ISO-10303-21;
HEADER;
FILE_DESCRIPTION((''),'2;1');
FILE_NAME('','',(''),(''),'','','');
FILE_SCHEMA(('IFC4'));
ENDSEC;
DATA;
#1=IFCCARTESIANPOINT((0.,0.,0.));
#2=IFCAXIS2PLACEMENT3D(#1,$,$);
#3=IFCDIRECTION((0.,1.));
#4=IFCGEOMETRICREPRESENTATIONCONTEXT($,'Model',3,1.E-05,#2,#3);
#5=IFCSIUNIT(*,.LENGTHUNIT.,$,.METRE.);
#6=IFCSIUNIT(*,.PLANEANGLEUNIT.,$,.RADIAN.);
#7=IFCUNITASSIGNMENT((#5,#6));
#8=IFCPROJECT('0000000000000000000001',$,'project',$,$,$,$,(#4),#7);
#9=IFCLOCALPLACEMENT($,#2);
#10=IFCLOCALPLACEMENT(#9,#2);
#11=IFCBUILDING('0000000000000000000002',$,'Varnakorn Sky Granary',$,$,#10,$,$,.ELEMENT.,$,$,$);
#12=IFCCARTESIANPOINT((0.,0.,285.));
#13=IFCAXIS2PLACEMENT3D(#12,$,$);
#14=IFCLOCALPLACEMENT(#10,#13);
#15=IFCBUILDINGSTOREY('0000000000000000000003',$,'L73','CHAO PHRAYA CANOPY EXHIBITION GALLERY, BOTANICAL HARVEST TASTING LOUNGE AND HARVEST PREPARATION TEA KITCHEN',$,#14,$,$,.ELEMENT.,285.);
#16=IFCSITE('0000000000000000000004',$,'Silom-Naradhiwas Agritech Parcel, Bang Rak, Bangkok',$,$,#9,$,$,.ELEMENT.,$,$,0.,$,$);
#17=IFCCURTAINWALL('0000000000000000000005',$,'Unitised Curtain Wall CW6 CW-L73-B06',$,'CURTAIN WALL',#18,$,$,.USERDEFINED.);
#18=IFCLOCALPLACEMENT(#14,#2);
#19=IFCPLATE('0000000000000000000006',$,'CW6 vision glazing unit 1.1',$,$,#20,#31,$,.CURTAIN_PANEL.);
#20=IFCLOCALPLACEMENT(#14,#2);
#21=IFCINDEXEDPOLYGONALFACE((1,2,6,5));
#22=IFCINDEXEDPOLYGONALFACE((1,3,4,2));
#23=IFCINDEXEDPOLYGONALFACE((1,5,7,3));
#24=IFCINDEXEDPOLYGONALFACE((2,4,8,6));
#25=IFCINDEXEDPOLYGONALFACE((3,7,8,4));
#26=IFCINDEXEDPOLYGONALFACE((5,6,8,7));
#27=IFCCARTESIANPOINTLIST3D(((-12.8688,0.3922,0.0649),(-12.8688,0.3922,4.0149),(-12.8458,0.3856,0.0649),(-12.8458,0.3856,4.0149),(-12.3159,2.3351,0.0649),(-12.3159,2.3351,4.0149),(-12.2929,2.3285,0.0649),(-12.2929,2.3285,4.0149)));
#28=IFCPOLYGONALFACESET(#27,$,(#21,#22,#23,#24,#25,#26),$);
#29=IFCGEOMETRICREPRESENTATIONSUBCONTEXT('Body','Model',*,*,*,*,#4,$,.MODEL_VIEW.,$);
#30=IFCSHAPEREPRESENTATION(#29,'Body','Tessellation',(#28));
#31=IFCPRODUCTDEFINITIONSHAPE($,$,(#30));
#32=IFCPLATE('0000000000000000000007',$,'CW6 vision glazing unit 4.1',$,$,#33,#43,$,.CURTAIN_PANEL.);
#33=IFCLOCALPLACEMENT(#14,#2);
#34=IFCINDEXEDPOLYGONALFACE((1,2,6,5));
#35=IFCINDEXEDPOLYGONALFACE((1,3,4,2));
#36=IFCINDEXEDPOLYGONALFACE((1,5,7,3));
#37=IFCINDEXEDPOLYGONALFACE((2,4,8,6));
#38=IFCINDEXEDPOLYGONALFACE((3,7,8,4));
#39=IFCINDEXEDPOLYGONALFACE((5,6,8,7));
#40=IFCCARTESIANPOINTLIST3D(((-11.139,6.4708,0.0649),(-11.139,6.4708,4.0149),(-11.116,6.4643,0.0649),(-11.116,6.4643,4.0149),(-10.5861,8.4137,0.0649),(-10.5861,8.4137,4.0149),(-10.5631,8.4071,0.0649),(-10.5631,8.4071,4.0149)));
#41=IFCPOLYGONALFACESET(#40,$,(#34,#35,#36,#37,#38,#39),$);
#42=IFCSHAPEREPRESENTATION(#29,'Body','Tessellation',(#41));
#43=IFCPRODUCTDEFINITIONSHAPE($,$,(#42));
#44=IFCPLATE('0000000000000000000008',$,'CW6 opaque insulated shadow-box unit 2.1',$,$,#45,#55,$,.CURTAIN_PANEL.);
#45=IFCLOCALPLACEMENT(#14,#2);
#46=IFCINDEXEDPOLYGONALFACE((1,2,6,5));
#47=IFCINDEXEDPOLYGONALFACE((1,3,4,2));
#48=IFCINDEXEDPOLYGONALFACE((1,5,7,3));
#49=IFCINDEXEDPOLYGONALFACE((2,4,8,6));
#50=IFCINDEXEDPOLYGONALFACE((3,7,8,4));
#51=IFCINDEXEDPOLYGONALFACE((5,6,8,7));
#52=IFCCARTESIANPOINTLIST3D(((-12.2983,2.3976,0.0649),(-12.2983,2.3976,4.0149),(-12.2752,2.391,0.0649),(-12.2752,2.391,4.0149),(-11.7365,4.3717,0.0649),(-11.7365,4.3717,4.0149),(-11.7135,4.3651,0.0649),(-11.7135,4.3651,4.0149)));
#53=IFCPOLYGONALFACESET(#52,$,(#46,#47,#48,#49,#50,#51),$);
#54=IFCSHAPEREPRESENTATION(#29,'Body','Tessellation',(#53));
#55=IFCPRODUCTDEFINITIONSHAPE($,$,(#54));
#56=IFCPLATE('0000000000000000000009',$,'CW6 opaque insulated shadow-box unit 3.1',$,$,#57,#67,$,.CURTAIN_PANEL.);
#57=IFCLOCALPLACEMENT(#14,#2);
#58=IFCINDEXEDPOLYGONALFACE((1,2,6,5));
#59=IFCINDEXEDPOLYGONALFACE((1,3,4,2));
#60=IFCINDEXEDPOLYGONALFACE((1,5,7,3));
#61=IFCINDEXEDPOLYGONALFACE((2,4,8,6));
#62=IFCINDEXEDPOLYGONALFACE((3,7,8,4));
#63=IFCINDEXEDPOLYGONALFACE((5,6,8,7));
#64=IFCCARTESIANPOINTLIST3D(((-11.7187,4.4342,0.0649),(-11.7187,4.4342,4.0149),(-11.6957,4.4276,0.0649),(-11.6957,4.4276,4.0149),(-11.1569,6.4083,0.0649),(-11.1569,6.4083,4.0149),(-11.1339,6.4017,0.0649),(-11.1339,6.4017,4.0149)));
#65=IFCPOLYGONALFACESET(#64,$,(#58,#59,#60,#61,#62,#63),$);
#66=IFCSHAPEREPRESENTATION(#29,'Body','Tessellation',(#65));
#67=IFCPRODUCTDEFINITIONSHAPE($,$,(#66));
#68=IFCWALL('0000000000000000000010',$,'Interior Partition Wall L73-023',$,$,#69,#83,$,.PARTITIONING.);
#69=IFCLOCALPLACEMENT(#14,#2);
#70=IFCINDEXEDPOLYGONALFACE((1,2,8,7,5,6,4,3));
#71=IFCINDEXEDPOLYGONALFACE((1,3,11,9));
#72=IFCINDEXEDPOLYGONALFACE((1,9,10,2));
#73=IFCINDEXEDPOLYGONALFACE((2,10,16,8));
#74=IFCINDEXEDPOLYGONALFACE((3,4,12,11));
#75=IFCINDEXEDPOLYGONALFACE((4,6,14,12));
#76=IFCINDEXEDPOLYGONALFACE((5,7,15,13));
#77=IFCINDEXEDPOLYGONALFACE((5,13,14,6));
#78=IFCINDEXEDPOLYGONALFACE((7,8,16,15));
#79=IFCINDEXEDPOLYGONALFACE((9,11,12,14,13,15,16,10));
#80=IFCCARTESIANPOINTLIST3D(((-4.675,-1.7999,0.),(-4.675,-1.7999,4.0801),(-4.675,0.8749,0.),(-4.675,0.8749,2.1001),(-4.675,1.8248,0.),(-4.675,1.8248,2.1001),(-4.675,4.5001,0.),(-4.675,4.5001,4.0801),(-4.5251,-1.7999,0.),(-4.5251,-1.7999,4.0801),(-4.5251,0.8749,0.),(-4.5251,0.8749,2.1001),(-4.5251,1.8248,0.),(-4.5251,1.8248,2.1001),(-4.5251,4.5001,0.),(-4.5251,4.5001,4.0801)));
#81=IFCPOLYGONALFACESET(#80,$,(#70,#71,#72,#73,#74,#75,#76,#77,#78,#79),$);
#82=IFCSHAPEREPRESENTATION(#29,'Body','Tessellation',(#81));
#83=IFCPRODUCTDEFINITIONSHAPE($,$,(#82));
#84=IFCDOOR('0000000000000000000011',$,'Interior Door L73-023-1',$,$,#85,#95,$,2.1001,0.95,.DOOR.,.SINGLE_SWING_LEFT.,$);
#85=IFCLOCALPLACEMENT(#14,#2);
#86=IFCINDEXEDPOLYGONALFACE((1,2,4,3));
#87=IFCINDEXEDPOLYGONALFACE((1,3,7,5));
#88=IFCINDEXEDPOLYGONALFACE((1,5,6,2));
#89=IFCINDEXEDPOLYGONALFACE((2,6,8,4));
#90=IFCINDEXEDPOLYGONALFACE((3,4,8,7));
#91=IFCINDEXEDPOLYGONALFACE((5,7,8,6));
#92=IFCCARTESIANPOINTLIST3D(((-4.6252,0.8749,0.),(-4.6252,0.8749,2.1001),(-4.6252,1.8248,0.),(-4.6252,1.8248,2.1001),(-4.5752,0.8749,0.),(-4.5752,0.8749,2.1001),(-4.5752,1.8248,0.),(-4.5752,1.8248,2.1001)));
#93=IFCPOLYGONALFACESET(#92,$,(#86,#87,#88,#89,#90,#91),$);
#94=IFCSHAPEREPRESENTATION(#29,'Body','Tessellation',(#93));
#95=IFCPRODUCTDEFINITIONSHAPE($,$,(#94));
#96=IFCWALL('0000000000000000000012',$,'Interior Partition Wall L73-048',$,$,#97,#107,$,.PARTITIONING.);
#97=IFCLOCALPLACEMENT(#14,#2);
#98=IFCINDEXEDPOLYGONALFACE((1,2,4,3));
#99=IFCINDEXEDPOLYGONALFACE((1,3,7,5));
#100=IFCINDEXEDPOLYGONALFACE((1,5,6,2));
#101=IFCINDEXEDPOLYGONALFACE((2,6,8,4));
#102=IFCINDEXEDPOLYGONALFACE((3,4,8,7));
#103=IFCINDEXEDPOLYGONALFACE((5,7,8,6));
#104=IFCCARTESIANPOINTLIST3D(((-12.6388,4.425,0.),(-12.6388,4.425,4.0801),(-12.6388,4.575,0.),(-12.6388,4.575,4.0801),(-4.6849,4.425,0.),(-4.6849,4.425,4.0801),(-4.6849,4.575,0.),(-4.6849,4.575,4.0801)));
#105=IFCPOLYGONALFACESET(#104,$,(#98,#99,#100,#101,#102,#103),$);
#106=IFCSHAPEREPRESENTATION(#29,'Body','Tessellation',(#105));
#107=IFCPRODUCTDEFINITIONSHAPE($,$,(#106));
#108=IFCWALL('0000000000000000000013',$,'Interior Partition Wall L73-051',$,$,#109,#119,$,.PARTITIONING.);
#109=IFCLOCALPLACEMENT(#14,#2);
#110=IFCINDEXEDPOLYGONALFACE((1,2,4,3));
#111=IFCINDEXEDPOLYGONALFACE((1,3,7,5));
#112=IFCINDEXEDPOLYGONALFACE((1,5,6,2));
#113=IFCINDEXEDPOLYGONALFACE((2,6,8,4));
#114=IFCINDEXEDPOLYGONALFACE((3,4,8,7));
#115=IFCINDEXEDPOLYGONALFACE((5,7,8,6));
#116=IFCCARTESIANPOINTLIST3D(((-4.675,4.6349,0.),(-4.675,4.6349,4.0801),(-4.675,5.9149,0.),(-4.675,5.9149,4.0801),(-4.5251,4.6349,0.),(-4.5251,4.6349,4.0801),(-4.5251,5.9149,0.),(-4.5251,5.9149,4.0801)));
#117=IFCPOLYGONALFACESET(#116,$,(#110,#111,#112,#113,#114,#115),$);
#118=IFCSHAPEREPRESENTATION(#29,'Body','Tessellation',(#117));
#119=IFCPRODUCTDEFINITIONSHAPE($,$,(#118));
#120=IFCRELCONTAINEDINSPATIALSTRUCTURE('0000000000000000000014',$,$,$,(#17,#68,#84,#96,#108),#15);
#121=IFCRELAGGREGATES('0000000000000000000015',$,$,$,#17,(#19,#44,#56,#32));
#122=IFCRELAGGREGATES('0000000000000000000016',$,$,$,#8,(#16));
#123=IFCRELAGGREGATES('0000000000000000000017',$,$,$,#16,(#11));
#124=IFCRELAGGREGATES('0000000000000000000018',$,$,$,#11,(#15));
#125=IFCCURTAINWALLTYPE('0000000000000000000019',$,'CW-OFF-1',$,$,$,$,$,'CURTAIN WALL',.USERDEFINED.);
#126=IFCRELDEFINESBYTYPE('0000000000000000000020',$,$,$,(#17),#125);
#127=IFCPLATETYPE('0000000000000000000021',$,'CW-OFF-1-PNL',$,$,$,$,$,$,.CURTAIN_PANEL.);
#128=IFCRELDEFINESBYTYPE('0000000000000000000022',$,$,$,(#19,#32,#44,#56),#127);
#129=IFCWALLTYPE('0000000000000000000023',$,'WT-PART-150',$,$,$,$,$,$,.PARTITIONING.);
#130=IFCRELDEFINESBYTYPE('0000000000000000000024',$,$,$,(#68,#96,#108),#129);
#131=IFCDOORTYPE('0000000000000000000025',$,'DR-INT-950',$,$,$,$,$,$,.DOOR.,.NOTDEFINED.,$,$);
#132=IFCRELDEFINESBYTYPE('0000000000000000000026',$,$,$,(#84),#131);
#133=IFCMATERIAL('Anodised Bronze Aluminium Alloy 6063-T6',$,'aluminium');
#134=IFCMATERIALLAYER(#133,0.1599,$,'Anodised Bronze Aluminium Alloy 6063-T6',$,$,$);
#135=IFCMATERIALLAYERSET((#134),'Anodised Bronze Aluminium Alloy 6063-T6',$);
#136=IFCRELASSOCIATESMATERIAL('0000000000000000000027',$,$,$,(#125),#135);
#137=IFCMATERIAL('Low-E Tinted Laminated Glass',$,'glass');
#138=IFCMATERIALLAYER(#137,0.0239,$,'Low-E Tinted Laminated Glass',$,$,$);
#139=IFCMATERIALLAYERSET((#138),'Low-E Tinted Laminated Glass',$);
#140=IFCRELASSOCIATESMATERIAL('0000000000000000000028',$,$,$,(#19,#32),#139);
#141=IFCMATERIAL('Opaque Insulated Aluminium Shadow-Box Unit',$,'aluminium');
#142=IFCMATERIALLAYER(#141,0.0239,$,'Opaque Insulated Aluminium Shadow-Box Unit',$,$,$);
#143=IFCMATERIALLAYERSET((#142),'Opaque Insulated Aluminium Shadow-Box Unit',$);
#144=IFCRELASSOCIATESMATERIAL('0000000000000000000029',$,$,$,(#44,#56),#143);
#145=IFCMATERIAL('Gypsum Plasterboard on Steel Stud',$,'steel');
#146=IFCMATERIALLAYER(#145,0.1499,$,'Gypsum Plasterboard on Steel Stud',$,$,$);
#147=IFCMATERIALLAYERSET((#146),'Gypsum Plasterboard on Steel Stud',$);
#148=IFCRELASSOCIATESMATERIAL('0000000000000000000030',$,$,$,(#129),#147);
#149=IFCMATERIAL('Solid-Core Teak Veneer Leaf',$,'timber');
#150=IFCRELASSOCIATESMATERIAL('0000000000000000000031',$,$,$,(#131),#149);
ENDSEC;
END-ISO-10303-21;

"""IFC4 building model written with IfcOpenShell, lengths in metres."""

from ifc_helpers import new_model, si_unit, direction, frame, frame_2d, origin, origin_2d, place, context, subcontext, project, spatial, rectangle, extrude, source, transform, mapped, material, layer, layer_set, type_object, type_shapes, element, fill, aggregate, save


model = new_model("IFC4")

# Units and contexts
model_context = context("Model", 3, precision=1e-05, world=origin(), true_north=direction((0.0, 1.0)))
body_context = subcontext(model_context, "Body", "Model", "MODEL_VIEW")
ifc_project = project(units=[si_unit("LENGTHUNIT", "METRE"), si_unit("PLANEANGLEUNIT", "RADIAN")], contexts=[model_context])

# Site, building, storey
site_placement = place(None, origin())
site = spatial("IfcSite", under=ifc_project, at=site_placement, Name="Silom-Naradhiwas Agritech Parcel, Bang Rak, Bangkok", CompositionType="ELEMENT", RefElevation=0.0)
building_placement = place(site_placement, origin())
building = spatial("IfcBuilding", under=site, at=building_placement, Name="Varnakorn Sky Granary", CompositionType="ELEMENT")
storey_placement = place(building_placement, frame((0.0, 0.0, 285.0)))
storey = spatial("IfcBuildingStorey", under=building, at=storey_placement, Name="L73", Description="CHAO PHRAYA CANOPY EXHIBITION GALLERY, BOTANICAL HARVEST TASTING LOUNGE AND HARVEST PREPARATION TEA KITCHEN", CompositionType="ELEMENT", Elevation=285.0)

# Curtain wall
ifc_material_1 = material(Name="Anodised Bronze Aluminium Alloy 6063-T6", Category="aluminium")
ifc_layer_1 = layer(ifc_material_1, 0.1599, Name="Anodised Bronze Aluminium Alloy 6063-T6")
ifc_layer_set_1 = layer_set([ifc_layer_1], Name="Anodised Bronze Aluminium Alloy 6063-T6")
curtain_wall_type = type_object("IfcCurtainWallType", Name="CW-OFF-1", ElementType="CURTAIN WALL", PredefinedType="USERDEFINED", material=ifc_layer_set_1)
curtain_wall_placement = place(storey_placement, origin())
curtain_wall = element("IfcCurtainWall", 1, at=curtain_wall_placement, inside=storey, type_object=curtain_wall_type, Name="Unitised Curtain Wall CW6 CW-L73-B06", ObjectType="CURTAIN WALL", PredefinedType="USERDEFINED")

# Plates
ifc_material_2 = material(Name="Low-E Tinted Laminated Glass", Category="glass")
ifc_layer_2 = layer(ifc_material_2, 0.0239, Name="Low-E Tinted Laminated Glass")
ifc_layer_set_2 = layer_set([ifc_layer_2], Name="Low-E Tinted Laminated Glass")
plate_type = type_object("IfcPlateType", Name="CW-OFF-1-PNL", PredefinedType="CURTAIN_PANEL")
shared_shape_1 = source(origin(), body_context, "Body", "SweptSolid", [
    extrude(rectangle(XDim=2.02, YDim=0.0239, at=origin_2d()), origin(), (0.0, 0.0, 1.0), 3.95),
])
plate_1_placement = place(storey_placement, frame((-12.5808, 1.3604, 0.0649), z_axis=(0.0, 0.0, 1.0), x_axis=(0.273709, 0.961813, 0.0)))
plate_1 = element("IfcPlate", 2, at=plate_1_placement, type_object=plate_type, material=ifc_layer_set_2, Name="CW6 vision glazing unit 1.1", PredefinedType="CURTAIN_PANEL", context=body_context, shape_type="MappedRepresentation", body=[
    mapped(shared_shape_1, transform((0.0, 0.0, 0.0), x_axis=(1.0, 0.0, 0.0), y_axis=(0.0, 1.0, 0.0), z_axis=(0.0, 0.0, 1.0), scale=1.0)),
])
plate_2_placement = place(storey_placement, frame((-10.8511, 7.439, 0.0649), z_axis=(0.0, 0.0, 1.0), x_axis=(0.273709, 0.961813, 0.0)))
plate_2 = element("IfcPlate", 3, at=plate_2_placement, type_object=plate_type, material=ifc_layer_set_2, Name="CW6 vision glazing unit 4.1", PredefinedType="CURTAIN_PANEL", context=body_context, shape_type="MappedRepresentation", body=[
    mapped(shared_shape_1, transform((0.0, 0.0, 0.0), x_axis=(1.0, 0.0, 0.0), y_axis=(0.0, 1.0, 0.0), z_axis=(0.0, 0.0, 1.0), scale=1.0)),
])
ifc_material_3 = material(Name="Opaque Insulated Aluminium Shadow-Box Unit", Category="aluminium")
ifc_layer_3 = layer(ifc_material_3, 0.0239, Name="Opaque Insulated Aluminium Shadow-Box Unit")
ifc_layer_set_3 = layer_set([ifc_layer_3], Name="Opaque Insulated Aluminium Shadow-Box Unit")
shared_shape_2 = source(origin(), body_context, "Body", "SweptSolid", [
    extrude(rectangle(XDim=2.0525, YDim=0.0239, at=origin_2d()), origin(), (0.0, 0.0, 1.0), 3.95),
])
type_shapes(plate_type, [shared_shape_1, shared_shape_2])
plate_3_placement = place(storey_placement, frame((-12.0059, 3.3813, 0.0649), z_axis=(0.0, 0.0, 1.0), x_axis=(0.273709, 0.961813, 0.0)))
plate_3 = element("IfcPlate", 4, at=plate_3_placement, type_object=plate_type, material=ifc_layer_set_3, Name="CW6 opaque insulated shadow-box unit 2.1", PredefinedType="CURTAIN_PANEL", context=body_context, shape_type="MappedRepresentation", body=[
    mapped(shared_shape_2, transform((0.0, 0.0, 0.0), x_axis=(1.0, 0.0, 0.0), y_axis=(0.0, 1.0, 0.0), z_axis=(0.0, 0.0, 1.0), scale=1.0)),
])
plate_4_placement = place(storey_placement, frame((-11.4263, 5.418, 0.0649), z_axis=(0.0, 0.0, 1.0), x_axis=(0.273709, 0.961813, 0.0)))
plate_4 = element("IfcPlate", 5, at=plate_4_placement, type_object=plate_type, material=ifc_layer_set_3, Name="CW6 opaque insulated shadow-box unit 3.1", PredefinedType="CURTAIN_PANEL", context=body_context, shape_type="MappedRepresentation", body=[
    mapped(shared_shape_2, transform((0.0, 0.0, 0.0), x_axis=(1.0, 0.0, 0.0), y_axis=(0.0, 1.0, 0.0), z_axis=(0.0, 0.0, 1.0), scale=1.0)),
])
aggregate(curtain_wall, [plate_1, plate_3, plate_4, plate_2])

# Wall, opening, door
ifc_material_4 = material(Name="Gypsum Plasterboard on Steel Stud", Category="steel")
ifc_layer_4 = layer(ifc_material_4, 0.1499, Name="Gypsum Plasterboard on Steel Stud")
ifc_layer_set_4 = layer_set([ifc_layer_4], Name="Gypsum Plasterboard on Steel Stud")
wall_type = type_object("IfcWallType", Name="WT-PART-150", PredefinedType="PARTITIONING", material=ifc_layer_set_4)
wall_1_placement = place(storey_placement, frame((-4.6001, 4.5, 0.0), z_axis=(0.0, 0.0, 1.0), x_axis=(0.0, -1.0, 0.0)))
wall_1 = element("IfcWall", 6, at=wall_1_placement, inside=storey, type_object=wall_type, Name="Interior Partition Wall L73-023", PredefinedType="PARTITIONING", context=body_context, shape_type="SweptSolid", body=[
    extrude(rectangle(XDim=6.3, YDim=0.1499, at=frame_2d((3.1499, 0.0))), origin(), (0.0, 0.0, 1.0), 4.0801),
])
opening_placement = place(wall_1_placement, frame((2.675, 0.0, 0.0)))
opening = element("IfcOpeningElement", 7, at=opening_placement, cuts=wall_1, PredefinedType="OPENING", context=body_context, shape_type="SweptSolid", body=[
    extrude(rectangle(XDim=0.95, YDim=2.1001, at=frame_2d((0.4751, 1.05))), frame((0.0, 0.085, 0.0), z_axis=(0.0, -1.0, 0.0), x_axis=(1.0, 0.0, 0.0)), (0.0, 0.0, 1.0), 0.1699),
])
ifc_material_5 = material(Name="Solid-Core Teak Veneer Leaf", Category="timber")
door_type = type_object("IfcDoorType", Name="DR-INT-950", OperationType="NOTDEFINED", PredefinedType="DOOR", material=ifc_material_5)
door_placement = place(opening_placement, origin())
door = element("IfcDoor", 8, at=door_placement, inside=storey, type_object=door_type, Name="Interior Door L73-023-1", OperationType="SINGLE_SWING_LEFT", OverallHeight=2.1001, OverallWidth=0.95, PredefinedType="DOOR", context=body_context, shape_type="SweptSolid", body=[
    extrude(rectangle(XDim=0.95, YDim=2.1001, at=frame_2d((0.4751, 1.05))), frame((0.0, 0.0249, 0.0), z_axis=(0.0, -1.0, 0.0), x_axis=(1.0, 0.0, 0.0)), (0.0, 0.0, 1.0), 0.05),
])
fill(opening, door)

# Walls
wall_2_placement = place(storey_placement, frame((-12.6389, 4.5, 0.0), z_axis=(0.0, 0.0, 1.0), x_axis=(1.0, 0.0, 0.0)))
element("IfcWall", 9, at=wall_2_placement, inside=storey, type_object=wall_type, Name="Interior Partition Wall L73-048", PredefinedType="PARTITIONING", context=body_context, shape_type="SweptSolid", body=[
    extrude(rectangle(XDim=7.9539, YDim=0.1499, at=frame_2d((3.9771, 0.0))), origin(), (0.0, 0.0, 1.0), 4.0801),
])
wall_3_placement = place(storey_placement, frame((-4.6001, 5.915, 0.0), z_axis=(0.0, 0.0, 1.0), x_axis=(0.0, -1.0, 0.0)))
element("IfcWall", 10, at=wall_3_placement, inside=storey, type_object=wall_type, Name="Interior Partition Wall L73-051", PredefinedType="PARTITIONING", context=body_context, shape_type="SweptSolid", body=[
    extrude(rectangle(XDim=1.28, YDim=0.1499, at=frame_2d((0.6401, 0.0))), origin(), (0.0, 0.0, 1.0), 4.0801),
])

save(model, "model.ifc")
